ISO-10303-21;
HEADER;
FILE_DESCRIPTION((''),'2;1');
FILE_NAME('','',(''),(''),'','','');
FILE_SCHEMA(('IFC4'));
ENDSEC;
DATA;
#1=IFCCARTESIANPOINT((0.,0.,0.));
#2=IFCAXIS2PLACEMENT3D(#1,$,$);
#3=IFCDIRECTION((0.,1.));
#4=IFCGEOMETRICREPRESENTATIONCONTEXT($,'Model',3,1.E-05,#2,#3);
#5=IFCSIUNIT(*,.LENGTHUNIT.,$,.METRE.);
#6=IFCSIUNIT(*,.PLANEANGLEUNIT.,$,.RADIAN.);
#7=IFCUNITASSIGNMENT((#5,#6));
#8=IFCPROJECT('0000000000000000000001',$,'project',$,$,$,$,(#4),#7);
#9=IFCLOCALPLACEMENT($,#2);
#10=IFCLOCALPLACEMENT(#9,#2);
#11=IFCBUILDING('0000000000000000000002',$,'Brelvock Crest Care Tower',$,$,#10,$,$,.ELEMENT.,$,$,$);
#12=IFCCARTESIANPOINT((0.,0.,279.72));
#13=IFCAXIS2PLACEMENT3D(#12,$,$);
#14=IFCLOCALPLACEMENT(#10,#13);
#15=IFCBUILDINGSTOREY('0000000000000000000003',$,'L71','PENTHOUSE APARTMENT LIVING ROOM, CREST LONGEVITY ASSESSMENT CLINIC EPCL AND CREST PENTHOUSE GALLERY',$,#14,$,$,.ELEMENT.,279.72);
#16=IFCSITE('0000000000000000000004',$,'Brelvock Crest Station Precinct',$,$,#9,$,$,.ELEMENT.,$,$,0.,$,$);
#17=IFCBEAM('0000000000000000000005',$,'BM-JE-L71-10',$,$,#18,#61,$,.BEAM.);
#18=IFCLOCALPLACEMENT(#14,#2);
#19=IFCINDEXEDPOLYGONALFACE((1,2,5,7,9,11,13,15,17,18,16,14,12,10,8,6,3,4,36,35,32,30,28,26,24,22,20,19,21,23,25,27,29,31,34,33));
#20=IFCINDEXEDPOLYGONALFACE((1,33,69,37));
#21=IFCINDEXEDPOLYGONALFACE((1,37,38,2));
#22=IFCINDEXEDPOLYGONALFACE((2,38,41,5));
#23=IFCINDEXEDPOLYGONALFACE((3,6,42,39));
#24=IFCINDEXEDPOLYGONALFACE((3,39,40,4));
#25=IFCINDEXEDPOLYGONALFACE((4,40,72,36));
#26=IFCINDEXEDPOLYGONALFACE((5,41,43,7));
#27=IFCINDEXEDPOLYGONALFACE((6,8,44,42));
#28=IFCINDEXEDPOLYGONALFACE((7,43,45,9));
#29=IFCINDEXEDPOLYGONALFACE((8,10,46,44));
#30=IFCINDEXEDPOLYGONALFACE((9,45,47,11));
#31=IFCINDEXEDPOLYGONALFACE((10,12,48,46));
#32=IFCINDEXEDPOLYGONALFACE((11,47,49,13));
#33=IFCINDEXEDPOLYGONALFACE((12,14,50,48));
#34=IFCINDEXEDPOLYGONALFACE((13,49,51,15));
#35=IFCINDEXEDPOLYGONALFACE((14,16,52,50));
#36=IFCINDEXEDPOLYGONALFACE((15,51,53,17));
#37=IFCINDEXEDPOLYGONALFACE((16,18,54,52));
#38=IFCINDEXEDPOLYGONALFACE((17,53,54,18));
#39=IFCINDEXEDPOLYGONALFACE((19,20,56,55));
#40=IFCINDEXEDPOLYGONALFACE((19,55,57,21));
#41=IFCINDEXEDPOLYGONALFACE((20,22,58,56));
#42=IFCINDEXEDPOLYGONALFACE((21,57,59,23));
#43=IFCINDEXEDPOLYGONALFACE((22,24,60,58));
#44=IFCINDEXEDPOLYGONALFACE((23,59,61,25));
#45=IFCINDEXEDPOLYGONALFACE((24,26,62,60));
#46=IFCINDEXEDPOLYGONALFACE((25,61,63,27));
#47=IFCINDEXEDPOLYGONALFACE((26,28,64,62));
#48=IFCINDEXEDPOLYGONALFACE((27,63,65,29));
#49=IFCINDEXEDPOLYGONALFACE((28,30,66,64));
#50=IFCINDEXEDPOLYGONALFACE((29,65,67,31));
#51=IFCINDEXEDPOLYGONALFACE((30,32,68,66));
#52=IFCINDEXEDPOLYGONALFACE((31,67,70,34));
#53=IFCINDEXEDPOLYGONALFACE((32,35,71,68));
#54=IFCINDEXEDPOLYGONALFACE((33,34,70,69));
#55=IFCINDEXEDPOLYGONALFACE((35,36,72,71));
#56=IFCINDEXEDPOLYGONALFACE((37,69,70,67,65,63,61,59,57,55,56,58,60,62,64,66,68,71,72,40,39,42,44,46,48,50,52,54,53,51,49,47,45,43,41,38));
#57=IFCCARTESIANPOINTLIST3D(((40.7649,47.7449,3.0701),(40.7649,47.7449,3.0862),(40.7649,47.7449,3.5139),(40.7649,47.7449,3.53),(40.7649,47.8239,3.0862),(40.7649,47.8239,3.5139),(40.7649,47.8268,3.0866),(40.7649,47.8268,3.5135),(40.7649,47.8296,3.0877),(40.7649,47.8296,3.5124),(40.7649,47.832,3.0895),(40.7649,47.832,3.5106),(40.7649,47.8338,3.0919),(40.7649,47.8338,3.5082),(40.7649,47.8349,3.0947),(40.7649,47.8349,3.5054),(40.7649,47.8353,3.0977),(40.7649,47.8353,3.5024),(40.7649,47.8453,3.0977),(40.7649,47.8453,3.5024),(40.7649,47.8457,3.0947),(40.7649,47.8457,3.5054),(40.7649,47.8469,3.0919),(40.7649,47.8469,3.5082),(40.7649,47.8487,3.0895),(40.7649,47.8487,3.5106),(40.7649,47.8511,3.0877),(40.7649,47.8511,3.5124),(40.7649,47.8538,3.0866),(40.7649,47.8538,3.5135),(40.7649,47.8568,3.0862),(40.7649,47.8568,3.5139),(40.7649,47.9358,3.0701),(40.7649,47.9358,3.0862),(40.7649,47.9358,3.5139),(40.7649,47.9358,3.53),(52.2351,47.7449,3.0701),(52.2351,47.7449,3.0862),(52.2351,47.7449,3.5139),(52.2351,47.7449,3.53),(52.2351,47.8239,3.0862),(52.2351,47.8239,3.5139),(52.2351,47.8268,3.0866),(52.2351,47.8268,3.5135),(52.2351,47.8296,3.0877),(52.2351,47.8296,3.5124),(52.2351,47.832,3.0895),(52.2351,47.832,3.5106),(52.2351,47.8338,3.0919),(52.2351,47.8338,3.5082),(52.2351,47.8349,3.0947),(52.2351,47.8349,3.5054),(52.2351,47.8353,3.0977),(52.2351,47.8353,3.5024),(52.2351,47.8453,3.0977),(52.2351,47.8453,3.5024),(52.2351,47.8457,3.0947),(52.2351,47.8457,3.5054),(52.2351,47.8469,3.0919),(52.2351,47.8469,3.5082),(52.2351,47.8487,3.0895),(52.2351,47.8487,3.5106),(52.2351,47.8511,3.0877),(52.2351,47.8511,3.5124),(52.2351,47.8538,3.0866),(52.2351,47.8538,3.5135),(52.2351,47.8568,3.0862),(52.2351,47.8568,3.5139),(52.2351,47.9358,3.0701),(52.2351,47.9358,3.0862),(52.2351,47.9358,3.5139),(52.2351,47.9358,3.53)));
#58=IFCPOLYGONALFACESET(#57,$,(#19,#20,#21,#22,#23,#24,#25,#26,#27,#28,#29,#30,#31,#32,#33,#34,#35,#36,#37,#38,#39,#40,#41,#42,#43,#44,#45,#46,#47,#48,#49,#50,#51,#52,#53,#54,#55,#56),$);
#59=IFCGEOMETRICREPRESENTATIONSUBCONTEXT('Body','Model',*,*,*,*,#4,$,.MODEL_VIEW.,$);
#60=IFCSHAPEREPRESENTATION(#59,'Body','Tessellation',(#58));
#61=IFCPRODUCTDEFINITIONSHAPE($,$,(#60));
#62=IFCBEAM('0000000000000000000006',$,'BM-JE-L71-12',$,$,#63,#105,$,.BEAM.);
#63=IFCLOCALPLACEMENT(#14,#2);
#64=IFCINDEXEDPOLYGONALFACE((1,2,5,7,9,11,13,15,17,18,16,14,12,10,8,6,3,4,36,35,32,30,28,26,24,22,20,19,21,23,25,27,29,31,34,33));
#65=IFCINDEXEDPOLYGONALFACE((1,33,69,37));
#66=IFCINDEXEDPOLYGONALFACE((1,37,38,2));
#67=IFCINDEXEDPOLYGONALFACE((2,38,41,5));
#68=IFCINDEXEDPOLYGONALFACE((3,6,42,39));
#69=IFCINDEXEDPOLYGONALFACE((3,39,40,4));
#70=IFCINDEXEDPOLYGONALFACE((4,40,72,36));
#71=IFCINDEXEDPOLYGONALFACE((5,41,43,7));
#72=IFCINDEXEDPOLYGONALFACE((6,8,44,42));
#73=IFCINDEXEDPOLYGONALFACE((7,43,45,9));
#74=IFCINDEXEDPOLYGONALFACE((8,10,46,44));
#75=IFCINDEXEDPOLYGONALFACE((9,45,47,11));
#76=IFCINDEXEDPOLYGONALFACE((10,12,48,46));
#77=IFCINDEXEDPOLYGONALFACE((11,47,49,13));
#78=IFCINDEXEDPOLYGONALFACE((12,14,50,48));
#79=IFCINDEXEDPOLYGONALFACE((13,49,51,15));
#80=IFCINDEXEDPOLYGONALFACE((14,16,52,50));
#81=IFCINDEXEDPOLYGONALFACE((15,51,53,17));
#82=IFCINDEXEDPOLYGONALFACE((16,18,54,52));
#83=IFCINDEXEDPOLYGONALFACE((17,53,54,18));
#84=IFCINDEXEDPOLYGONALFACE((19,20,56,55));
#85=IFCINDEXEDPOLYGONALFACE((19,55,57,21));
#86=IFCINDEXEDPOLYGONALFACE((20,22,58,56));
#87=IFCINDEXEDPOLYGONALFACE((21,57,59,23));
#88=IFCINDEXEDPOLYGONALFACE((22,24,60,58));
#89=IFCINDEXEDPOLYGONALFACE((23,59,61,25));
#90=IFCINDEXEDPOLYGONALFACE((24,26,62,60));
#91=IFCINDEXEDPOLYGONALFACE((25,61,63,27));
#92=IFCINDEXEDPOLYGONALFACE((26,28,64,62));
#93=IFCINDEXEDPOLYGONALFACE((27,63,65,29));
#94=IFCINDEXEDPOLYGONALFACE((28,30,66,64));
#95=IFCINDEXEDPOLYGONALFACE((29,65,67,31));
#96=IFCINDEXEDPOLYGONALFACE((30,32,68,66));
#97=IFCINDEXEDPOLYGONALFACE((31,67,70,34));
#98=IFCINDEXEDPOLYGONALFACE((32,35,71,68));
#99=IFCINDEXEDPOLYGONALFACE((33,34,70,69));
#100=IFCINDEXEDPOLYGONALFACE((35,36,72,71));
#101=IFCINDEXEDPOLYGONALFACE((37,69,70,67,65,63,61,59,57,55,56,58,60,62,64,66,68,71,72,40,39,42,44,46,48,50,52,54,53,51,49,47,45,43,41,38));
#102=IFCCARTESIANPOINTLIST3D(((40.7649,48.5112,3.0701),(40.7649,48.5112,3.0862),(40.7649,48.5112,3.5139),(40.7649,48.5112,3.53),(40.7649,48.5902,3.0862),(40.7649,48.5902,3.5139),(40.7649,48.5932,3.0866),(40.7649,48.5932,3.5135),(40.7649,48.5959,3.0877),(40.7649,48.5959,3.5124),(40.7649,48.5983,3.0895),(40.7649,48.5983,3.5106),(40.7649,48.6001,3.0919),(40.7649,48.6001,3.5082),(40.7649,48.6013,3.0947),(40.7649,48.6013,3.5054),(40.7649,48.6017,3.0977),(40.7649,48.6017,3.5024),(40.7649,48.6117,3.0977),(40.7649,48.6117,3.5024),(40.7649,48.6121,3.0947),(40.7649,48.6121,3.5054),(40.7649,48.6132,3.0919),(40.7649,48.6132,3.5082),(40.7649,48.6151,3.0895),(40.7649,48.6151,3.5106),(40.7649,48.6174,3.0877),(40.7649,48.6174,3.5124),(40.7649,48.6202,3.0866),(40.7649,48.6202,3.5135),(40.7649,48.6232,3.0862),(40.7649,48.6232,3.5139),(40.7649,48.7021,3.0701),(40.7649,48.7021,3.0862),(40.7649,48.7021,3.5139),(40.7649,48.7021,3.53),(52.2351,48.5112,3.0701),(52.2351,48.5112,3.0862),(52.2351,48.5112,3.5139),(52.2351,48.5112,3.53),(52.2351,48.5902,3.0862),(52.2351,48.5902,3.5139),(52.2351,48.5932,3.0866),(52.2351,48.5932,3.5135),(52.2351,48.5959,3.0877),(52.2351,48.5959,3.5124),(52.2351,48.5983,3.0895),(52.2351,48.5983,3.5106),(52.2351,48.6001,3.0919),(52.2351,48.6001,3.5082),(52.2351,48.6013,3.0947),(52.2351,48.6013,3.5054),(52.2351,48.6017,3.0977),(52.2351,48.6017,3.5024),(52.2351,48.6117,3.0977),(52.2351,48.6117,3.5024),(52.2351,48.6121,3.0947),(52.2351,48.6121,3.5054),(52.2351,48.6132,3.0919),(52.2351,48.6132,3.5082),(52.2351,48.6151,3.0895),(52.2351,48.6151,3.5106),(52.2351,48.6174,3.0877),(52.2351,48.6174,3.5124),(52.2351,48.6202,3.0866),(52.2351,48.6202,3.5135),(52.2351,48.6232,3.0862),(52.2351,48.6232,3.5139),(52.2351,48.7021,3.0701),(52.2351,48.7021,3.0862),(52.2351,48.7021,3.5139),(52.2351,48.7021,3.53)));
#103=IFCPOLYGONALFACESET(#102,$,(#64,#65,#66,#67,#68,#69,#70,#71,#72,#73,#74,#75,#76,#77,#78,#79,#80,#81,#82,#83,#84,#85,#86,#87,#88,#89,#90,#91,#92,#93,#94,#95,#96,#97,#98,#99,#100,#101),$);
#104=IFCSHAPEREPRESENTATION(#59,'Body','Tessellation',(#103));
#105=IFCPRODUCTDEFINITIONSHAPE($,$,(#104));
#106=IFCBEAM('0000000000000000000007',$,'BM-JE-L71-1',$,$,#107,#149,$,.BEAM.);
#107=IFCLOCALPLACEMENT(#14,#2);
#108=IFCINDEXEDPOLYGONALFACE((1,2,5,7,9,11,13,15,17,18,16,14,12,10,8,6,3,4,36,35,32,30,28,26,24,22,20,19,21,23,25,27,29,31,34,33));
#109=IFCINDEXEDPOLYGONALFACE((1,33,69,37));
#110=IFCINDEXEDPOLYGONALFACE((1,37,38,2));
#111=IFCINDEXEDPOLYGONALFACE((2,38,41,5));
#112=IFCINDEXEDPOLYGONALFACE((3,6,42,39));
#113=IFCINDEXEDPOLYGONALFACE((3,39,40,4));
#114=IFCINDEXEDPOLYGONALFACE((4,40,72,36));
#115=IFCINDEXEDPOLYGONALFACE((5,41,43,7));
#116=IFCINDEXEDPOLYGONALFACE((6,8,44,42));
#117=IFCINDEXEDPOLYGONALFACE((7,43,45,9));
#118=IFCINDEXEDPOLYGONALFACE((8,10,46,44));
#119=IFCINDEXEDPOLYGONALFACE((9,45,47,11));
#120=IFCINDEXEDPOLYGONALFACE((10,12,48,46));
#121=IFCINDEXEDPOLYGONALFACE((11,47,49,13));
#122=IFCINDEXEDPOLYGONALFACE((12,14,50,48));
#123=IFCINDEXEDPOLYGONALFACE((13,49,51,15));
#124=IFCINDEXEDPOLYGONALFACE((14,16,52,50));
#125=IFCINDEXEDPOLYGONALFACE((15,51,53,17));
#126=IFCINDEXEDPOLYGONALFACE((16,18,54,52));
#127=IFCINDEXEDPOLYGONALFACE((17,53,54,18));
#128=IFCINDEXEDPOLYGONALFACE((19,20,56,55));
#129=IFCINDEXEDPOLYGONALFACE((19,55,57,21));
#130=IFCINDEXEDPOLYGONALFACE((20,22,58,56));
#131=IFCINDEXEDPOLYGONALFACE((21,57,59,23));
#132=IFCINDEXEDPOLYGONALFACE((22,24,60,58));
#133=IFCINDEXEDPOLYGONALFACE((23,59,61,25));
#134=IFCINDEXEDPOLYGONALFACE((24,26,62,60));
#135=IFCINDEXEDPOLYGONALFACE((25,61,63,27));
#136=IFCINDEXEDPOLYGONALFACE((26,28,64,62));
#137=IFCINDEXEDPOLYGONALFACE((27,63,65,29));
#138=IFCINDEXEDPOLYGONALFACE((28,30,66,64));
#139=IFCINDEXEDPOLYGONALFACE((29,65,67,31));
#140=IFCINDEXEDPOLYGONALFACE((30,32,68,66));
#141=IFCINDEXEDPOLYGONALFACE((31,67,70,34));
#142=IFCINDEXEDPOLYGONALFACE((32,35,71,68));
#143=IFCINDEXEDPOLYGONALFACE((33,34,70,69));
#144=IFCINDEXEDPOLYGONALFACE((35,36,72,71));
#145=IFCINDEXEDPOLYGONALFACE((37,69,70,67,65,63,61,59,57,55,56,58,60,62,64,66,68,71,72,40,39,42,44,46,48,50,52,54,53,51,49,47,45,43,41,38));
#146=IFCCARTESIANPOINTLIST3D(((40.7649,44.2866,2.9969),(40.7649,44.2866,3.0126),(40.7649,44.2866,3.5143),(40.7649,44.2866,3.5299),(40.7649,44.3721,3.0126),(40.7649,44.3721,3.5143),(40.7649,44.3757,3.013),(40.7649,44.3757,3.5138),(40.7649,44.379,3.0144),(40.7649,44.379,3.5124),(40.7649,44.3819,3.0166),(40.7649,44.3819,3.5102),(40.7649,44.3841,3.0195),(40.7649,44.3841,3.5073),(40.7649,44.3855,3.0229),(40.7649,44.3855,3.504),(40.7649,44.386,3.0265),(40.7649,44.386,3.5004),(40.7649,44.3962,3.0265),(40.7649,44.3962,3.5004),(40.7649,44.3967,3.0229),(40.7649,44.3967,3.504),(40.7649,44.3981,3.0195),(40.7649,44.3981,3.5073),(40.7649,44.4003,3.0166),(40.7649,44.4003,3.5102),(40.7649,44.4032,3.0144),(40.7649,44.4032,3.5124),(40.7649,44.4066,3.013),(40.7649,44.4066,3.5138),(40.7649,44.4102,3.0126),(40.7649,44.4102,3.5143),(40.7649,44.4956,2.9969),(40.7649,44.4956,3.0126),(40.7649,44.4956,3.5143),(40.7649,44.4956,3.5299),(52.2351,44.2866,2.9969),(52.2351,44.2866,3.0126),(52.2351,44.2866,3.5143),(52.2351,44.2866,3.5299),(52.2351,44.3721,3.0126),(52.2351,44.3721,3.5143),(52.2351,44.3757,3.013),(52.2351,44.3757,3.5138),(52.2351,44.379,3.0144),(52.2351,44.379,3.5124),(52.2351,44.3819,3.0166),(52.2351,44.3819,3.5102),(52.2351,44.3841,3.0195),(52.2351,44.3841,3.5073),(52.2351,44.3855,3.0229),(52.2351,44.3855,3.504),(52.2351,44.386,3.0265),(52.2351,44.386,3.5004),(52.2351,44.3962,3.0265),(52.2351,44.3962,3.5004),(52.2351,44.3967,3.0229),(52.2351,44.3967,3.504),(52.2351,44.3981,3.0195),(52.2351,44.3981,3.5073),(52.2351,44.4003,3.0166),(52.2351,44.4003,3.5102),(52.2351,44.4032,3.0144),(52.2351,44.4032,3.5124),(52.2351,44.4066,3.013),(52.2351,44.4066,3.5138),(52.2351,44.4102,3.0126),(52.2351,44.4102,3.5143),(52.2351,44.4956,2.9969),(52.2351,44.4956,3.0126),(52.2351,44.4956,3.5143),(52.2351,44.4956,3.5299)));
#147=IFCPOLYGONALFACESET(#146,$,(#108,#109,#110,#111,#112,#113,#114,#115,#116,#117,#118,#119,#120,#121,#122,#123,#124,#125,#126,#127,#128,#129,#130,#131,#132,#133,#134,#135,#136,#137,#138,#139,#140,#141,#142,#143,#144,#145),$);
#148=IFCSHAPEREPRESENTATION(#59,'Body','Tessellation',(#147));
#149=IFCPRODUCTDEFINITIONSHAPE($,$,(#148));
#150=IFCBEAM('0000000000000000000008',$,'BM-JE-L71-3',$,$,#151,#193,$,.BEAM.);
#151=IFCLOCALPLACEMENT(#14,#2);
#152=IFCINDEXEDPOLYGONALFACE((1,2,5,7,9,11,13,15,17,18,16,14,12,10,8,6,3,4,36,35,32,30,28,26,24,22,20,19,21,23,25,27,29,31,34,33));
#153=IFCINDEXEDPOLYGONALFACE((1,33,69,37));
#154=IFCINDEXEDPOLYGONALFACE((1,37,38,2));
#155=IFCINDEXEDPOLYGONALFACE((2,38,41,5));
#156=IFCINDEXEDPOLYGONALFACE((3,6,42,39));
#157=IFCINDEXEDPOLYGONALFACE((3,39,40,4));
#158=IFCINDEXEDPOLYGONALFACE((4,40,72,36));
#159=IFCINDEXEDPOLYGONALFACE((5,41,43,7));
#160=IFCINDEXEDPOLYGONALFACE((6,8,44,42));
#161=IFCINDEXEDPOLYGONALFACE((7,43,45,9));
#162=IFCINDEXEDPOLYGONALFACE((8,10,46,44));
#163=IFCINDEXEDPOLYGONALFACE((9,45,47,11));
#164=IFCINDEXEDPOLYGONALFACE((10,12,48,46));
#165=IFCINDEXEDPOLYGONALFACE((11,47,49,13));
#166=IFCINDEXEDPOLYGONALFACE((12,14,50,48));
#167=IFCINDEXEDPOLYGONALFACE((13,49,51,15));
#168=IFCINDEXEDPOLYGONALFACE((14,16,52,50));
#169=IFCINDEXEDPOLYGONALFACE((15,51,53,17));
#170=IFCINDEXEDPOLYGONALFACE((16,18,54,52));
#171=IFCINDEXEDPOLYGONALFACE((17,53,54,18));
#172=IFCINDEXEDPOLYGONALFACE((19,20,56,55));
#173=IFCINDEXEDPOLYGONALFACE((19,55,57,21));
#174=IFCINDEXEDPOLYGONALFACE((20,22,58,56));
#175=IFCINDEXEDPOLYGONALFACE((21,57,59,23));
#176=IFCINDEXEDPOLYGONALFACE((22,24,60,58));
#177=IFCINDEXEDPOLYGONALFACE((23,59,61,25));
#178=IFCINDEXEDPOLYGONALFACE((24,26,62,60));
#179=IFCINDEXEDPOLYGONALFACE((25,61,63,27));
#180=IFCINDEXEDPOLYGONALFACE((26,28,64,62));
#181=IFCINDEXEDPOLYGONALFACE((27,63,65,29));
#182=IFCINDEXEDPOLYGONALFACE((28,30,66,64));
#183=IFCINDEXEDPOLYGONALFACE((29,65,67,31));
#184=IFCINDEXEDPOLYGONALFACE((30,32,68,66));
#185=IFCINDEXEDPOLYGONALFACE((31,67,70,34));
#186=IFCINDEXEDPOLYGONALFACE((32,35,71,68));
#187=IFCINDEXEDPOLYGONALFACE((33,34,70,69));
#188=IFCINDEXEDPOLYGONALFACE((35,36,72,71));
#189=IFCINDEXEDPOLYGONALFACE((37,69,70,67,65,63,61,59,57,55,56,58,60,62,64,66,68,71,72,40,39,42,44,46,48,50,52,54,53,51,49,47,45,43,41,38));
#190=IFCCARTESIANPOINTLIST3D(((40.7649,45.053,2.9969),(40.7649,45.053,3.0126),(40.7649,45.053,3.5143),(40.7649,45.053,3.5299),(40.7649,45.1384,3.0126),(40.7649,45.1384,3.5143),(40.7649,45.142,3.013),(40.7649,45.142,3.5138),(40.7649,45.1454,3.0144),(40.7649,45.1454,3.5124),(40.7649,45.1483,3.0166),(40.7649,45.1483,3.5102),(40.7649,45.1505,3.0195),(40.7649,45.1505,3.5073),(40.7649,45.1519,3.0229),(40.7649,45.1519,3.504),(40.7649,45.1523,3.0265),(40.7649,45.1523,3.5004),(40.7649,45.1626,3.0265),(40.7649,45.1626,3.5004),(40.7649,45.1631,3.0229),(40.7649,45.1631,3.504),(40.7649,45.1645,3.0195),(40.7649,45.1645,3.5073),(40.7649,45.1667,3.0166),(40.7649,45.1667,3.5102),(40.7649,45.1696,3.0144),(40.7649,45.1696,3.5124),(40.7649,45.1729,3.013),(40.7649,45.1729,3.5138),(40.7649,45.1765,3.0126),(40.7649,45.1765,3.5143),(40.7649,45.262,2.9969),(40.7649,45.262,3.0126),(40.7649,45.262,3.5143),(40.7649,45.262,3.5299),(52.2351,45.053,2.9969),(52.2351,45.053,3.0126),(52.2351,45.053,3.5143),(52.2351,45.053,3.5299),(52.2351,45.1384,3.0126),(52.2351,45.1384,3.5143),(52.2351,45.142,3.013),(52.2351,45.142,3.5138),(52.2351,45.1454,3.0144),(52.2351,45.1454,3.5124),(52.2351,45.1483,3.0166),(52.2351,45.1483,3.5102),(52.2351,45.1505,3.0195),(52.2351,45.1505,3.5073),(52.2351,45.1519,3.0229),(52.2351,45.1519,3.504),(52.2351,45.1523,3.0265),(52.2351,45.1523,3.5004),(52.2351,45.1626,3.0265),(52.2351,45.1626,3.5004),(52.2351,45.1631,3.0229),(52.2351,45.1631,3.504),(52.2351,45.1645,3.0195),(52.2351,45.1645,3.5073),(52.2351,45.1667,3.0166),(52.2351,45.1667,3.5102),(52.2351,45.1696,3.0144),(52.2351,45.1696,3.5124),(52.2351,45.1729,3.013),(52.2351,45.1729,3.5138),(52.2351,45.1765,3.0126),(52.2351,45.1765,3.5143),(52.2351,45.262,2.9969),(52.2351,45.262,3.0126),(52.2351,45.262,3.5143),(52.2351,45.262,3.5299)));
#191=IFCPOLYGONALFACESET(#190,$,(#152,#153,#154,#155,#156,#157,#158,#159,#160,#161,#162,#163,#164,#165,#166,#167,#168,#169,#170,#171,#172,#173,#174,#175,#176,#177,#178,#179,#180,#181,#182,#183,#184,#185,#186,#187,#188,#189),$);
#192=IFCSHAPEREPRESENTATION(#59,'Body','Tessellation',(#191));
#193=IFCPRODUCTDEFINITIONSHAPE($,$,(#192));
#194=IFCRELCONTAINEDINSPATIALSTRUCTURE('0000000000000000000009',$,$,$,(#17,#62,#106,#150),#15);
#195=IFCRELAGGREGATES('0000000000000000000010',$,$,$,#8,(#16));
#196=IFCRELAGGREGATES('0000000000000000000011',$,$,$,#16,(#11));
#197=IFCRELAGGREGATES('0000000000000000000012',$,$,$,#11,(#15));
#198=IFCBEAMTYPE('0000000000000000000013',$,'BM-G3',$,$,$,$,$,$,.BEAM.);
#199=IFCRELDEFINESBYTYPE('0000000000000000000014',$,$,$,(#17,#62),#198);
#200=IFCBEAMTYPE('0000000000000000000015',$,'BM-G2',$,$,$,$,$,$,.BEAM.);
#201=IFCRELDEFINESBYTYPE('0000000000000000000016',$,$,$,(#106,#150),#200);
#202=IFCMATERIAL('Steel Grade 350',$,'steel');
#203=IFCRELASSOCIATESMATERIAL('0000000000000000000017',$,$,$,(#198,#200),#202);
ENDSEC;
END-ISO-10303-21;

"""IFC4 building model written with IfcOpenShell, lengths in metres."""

from ifc_helpers import new_model, si_unit, direction, frame, origin, origin_2d, place, context, subcontext, project, spatial, i_section, extrude, source, transform, mapped, material, material_profile, profile_set, type_object, element, save


model = new_model("IFC4")

# Units and contexts
model_context = context("Model", 3, precision=1e-05, world=origin(), true_north=direction((0.0, 1.0)))
body_context = subcontext(model_context, "Body", "Model", "MODEL_VIEW")
ifc_project = project(units=[si_unit("LENGTHUNIT", "METRE"), si_unit("PLANEANGLEUNIT", "RADIAN")], contexts=[model_context])

# Site, building, storey
site_placement = place(None, origin())
site = spatial("IfcSite", under=ifc_project, at=site_placement, Name="Brelvock Crest Station Precinct", CompositionType="ELEMENT", RefElevation=0.0)
building_placement = place(site_placement, origin())
building = spatial("IfcBuilding", under=site, at=building_placement, Name="Brelvock Crest Care Tower", CompositionType="ELEMENT")
storey_placement = place(building_placement, frame((0.0, 0.0, 279.72)))
storey = spatial("IfcBuildingStorey", under=building, at=storey_placement, Name="L71", Description="PENTHOUSE APARTMENT LIVING ROOM, CREST LONGEVITY ASSESSMENT CLINIC EPCL AND CREST PENTHOUSE GALLERY", CompositionType="ELEMENT", Elevation=279.72)

# Beams
ifc_material_1 = material(Name="Steel Grade 350", Category="steel")
ifc_material_profile_1 = material_profile(ifc_material_1, i_section(OverallWidth=0.1909, OverallDepth=0.46, WebThickness=0.01, FlangeThickness=0.0161, FilletRadius=0.0115, at=origin_2d()), Name="460UB82.1")
ifc_profile_set_1 = profile_set([ifc_material_profile_1], Name="Steel Grade 350")
beam_type_1 = type_object("IfcBeamType", Name="BM-G3", PredefinedType="BEAM", material=ifc_profile_set_1)
shared_shape_1 = source(origin(), body_context, "Body", "SweptSolid", [
    extrude(i_section(OverallWidth=0.1909, OverallDepth=0.46, WebThickness=0.01, FlangeThickness=0.0161, FilletRadius=0.0115, at=origin_2d()), origin(), (0.0, 0.0, 1.0), 11.4702),
])
for number, where, z_axis, x_axis, name in (
    (1, (40.7649, 47.8403, 3.3), (1.0, 0.0, 0.0), (0.0, 1.0, 0.0), "BM-JE-L71-10"),
    (2, (40.7649, 48.6067, 3.3), (1.0, 0.0, 0.0), (0.0, 1.0, 0.0), "BM-JE-L71-12"),
):
    element("IfcBeam", number, at=place(storey_placement, frame(where, z_axis=z_axis, x_axis=x_axis)), inside=storey, type_object=beam_type_1, Name=name, PredefinedType="BEAM", context=body_context, shape_type="MappedRepresentation", body=[
        mapped(shared_shape_1, transform((0.0, 0.0, 0.0), x_axis=(1.0, 0.0, 0.0), y_axis=(0.0, 1.0, 0.0), z_axis=(0.0, 0.0, 1.0), scale=1.0)),
    ])
ifc_material_profile_2 = material_profile(ifc_material_1, i_section(OverallWidth=0.209, OverallDepth=0.533, WebThickness=0.0103, FlangeThickness=0.0156, FilletRadius=0.0139, at=origin_2d()), Name="530UB92.4")
ifc_profile_set_2 = profile_set([ifc_material_profile_2], Name="Steel Grade 350")
beam_type_2 = type_object("IfcBeamType", Name="BM-G2", PredefinedType="BEAM", material=ifc_profile_set_2)
shared_shape_2 = source(origin(), body_context, "Body", "SweptSolid", [
    extrude(i_section(OverallWidth=0.209, OverallDepth=0.533, WebThickness=0.0103, FlangeThickness=0.0156, FilletRadius=0.0139, at=origin_2d()), origin(), (0.0, 0.0, 1.0), 11.4702),
])
for number, where, z_axis, x_axis, name in (
    (3, (40.7649, 44.3911, 3.2634), (1.0, 0.0, 0.0), (0.0, 1.0, 0.0), "BM-JE-L71-1"),
    (4, (40.7649, 45.1575, 3.2634), (1.0, 0.0, 0.0), (0.0, 1.0, 0.0), "BM-JE-L71-3"),
):
    element("IfcBeam", number, at=place(storey_placement, frame(where, z_axis=z_axis, x_axis=x_axis)), inside=storey, type_object=beam_type_2, Name=name, PredefinedType="BEAM", context=body_context, shape_type="MappedRepresentation", body=[
        mapped(shared_shape_2, transform((0.0, 0.0, 0.0), x_axis=(1.0, 0.0, 0.0), y_axis=(0.0, 1.0, 0.0), z_axis=(0.0, 0.0, 1.0), scale=1.0)),
    ])

save(model, "model.ifc")
